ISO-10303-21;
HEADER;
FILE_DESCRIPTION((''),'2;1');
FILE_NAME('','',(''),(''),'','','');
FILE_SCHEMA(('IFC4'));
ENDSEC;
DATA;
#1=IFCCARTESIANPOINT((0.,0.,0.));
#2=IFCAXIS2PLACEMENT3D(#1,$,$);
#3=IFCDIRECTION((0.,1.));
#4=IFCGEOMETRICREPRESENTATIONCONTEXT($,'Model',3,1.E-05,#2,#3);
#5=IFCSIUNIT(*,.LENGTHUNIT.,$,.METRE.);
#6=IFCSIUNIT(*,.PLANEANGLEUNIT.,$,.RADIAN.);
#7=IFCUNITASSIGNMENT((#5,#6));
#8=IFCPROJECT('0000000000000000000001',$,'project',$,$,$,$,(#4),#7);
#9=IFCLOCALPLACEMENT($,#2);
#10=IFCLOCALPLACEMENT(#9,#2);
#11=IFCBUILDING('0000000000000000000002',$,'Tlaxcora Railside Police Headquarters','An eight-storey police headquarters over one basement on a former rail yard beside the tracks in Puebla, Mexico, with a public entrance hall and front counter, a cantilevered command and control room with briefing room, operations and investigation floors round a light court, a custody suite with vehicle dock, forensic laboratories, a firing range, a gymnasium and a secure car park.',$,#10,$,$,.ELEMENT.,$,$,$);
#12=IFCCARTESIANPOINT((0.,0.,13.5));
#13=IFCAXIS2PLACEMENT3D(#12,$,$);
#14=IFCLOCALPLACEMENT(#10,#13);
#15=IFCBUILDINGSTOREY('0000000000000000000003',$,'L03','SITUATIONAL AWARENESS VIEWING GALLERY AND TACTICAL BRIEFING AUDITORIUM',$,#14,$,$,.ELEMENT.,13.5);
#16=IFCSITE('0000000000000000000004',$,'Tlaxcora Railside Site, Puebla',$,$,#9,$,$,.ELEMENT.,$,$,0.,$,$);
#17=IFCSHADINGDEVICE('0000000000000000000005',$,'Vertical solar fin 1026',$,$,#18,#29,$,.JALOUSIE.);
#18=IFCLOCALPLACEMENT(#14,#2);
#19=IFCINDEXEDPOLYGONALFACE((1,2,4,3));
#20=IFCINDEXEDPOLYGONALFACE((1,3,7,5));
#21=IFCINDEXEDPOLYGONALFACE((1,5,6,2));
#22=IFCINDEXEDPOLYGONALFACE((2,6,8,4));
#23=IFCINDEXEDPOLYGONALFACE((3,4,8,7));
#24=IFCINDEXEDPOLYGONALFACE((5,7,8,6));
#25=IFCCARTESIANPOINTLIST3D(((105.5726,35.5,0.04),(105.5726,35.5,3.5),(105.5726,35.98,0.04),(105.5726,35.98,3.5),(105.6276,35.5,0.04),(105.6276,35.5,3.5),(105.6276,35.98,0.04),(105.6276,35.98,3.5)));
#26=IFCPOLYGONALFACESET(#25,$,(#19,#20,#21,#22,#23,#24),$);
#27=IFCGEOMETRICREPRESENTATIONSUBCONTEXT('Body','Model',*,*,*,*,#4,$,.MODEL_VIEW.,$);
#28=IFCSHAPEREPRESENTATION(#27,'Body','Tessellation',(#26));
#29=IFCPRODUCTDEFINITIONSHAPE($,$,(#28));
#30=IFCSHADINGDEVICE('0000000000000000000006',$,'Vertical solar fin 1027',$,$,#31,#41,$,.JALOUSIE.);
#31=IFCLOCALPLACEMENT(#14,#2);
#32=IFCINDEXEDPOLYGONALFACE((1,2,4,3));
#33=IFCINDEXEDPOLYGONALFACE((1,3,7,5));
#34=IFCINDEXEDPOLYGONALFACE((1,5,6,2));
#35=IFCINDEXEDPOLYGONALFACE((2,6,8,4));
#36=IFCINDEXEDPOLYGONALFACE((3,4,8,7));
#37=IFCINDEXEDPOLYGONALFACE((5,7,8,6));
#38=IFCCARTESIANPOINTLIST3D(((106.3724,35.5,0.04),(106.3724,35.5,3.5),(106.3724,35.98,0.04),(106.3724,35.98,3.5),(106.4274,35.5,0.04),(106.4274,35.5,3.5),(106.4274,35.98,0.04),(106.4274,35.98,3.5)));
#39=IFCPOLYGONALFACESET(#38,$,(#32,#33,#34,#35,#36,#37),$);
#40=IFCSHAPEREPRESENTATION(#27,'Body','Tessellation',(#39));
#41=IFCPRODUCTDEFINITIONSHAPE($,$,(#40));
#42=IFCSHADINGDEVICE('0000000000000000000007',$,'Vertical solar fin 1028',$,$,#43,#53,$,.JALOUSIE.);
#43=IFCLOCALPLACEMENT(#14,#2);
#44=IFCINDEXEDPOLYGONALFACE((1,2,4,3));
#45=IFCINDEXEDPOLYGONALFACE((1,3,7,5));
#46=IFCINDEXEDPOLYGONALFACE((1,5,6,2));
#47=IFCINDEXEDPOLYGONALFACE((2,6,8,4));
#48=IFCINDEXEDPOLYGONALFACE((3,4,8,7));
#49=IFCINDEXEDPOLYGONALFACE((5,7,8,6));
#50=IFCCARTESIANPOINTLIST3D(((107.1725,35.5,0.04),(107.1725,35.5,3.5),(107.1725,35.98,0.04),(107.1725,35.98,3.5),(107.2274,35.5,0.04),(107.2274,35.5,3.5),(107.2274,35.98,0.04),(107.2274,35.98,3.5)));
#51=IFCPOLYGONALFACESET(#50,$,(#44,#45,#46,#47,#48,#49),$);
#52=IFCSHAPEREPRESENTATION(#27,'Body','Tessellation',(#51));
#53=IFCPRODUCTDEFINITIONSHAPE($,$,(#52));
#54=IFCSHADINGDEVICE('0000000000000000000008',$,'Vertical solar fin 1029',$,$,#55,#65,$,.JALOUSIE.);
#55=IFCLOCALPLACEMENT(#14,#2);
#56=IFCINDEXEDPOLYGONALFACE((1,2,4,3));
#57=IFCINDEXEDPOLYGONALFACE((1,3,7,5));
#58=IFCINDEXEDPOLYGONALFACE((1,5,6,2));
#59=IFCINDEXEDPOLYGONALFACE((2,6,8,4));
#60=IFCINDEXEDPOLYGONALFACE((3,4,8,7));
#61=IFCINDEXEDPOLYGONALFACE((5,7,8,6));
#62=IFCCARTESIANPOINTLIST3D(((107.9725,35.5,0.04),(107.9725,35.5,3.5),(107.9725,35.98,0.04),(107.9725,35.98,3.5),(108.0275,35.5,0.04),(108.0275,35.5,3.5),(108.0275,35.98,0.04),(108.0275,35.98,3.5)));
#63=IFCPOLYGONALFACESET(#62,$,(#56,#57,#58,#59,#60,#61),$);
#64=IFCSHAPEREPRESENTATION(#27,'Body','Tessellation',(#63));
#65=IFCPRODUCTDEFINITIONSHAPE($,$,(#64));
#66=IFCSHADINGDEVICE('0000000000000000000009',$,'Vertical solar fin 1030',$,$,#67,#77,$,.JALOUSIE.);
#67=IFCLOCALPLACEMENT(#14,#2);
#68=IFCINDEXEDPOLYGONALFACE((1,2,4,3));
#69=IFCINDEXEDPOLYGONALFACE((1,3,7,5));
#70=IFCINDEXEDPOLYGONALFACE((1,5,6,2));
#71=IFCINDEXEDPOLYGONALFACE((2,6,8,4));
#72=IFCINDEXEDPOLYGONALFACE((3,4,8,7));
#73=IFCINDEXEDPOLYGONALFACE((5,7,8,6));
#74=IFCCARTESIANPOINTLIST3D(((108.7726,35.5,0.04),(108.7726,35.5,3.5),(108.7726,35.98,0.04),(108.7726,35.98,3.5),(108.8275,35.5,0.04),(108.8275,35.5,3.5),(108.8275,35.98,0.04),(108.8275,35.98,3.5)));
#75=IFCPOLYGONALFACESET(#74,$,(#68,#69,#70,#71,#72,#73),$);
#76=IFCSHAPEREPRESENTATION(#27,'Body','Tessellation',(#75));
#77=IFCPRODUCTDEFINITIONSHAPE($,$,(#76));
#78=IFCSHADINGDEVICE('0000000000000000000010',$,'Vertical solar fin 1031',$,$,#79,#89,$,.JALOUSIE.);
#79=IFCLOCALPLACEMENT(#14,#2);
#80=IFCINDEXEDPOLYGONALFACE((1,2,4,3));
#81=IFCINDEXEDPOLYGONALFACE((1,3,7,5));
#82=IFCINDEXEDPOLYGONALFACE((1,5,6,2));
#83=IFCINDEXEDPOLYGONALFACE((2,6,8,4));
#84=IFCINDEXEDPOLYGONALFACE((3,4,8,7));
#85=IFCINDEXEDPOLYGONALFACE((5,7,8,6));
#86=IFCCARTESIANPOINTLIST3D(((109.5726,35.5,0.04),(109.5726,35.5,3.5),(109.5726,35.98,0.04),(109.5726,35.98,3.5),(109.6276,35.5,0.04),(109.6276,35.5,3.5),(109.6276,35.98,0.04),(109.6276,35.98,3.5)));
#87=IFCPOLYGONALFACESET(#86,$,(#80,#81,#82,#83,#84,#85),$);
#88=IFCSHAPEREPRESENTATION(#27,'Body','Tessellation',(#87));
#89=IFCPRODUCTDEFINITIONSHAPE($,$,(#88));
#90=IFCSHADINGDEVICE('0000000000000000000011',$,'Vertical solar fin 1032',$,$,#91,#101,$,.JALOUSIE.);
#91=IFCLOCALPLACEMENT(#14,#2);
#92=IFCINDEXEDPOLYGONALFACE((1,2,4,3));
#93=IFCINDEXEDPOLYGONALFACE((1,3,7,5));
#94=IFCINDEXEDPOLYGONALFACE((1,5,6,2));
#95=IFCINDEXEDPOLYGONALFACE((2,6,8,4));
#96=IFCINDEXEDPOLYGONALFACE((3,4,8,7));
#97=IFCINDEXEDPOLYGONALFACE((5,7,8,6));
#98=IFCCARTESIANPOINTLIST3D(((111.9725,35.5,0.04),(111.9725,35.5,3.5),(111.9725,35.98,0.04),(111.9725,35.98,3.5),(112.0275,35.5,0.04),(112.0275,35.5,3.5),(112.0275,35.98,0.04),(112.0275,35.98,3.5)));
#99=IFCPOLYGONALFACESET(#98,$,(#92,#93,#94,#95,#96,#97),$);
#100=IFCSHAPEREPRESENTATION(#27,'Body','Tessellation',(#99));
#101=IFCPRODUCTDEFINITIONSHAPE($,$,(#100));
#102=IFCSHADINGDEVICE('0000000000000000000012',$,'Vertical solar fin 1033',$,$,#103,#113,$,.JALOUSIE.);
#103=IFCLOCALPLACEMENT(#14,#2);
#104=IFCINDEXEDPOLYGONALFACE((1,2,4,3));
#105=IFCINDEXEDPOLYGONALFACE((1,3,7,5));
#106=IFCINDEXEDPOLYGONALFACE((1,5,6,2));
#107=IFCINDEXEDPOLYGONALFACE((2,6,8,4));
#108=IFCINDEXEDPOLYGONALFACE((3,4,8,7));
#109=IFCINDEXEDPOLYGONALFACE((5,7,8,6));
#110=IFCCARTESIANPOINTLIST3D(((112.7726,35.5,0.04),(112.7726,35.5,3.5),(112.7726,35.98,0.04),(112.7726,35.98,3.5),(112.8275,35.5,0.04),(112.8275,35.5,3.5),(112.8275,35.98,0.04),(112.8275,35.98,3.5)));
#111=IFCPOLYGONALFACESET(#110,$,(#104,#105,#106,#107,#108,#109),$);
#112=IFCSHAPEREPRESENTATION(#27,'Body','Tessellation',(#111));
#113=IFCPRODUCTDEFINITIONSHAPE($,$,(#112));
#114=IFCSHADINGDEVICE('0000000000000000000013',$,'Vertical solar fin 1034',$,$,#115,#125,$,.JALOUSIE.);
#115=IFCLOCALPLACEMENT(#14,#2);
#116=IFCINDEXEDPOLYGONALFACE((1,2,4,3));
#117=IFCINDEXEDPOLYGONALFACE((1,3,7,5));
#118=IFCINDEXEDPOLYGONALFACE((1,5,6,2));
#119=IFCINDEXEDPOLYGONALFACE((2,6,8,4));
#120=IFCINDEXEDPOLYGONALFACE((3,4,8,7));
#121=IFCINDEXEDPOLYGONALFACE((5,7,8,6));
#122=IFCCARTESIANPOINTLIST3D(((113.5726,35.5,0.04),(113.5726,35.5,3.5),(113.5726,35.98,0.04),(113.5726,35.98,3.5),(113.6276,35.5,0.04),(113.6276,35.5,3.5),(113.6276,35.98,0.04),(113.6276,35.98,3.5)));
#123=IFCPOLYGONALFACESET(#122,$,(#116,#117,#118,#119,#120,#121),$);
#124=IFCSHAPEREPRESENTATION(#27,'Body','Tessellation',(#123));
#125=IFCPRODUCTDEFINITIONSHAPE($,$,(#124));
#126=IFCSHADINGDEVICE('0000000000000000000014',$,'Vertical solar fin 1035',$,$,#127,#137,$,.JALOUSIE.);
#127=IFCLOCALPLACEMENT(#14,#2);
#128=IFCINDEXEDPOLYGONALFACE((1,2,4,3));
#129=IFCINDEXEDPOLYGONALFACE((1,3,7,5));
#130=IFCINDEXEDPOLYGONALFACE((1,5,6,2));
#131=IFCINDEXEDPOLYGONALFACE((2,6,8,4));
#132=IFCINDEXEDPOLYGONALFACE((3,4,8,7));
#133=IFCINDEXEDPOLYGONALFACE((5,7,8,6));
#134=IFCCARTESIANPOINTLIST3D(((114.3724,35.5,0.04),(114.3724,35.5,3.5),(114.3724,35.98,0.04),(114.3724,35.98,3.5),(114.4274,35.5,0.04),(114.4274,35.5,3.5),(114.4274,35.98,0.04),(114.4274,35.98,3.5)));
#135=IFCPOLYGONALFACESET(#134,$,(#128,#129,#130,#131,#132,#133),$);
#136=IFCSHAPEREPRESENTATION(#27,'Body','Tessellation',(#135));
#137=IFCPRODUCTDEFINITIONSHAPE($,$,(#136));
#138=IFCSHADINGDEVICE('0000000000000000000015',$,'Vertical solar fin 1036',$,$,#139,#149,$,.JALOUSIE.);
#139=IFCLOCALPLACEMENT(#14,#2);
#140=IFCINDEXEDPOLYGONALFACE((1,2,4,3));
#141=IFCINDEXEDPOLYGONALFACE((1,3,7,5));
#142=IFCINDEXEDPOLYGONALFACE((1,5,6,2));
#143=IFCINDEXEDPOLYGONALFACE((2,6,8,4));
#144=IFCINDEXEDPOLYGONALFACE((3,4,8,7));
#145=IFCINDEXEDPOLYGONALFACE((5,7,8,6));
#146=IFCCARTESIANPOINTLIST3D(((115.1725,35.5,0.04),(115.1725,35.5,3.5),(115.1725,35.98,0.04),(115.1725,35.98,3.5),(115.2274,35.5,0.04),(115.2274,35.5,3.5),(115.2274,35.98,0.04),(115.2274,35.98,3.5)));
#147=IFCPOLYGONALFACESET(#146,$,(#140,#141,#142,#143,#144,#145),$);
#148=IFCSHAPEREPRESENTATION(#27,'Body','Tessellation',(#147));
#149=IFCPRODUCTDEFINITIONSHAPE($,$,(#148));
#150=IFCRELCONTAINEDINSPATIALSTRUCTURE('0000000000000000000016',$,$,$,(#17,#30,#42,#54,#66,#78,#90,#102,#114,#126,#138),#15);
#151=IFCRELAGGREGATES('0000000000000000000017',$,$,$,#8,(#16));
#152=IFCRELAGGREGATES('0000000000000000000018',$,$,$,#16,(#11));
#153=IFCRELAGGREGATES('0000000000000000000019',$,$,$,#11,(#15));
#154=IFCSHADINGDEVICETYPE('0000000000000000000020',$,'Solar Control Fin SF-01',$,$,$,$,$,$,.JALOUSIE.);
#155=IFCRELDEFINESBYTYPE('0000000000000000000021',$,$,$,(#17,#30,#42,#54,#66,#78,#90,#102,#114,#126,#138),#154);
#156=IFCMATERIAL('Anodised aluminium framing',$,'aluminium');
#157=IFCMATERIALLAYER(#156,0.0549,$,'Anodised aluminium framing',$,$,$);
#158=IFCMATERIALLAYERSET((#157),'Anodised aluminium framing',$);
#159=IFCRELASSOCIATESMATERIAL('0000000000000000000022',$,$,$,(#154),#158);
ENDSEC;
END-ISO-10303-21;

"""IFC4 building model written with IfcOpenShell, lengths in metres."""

from ifc_helpers import new_model, si_unit, direction, frame, origin, origin_2d, place, context, subcontext, project, spatial, rectangle, extrude, material, layer, layer_set, type_object, element, save


model = new_model("IFC4")

# Units and contexts
model_context = context("Model", 3, precision=1e-05, world=origin(), true_north=direction((0.0, 1.0)))
body_context = subcontext(model_context, "Body", "Model", "MODEL_VIEW")
ifc_project = project(units=[si_unit("LENGTHUNIT", "METRE"), si_unit("PLANEANGLEUNIT", "RADIAN")], contexts=[model_context])

# Site, building, storey
site_placement = place(None, origin())
site = spatial("IfcSite", under=ifc_project, at=site_placement, Name="Tlaxcora Railside Site, Puebla", CompositionType="ELEMENT", RefElevation=0.0)
building_placement = place(site_placement, origin())
building = spatial("IfcBuilding", under=site, at=building_placement, Name="Tlaxcora Railside Police Headquarters", Description="An eight-storey police headquarters over one basement on a former rail yard beside the tracks in Puebla, Mexico, with a public entrance hall and front counter, a cantilevered command and control room with briefing room, operations and investigation floors round a light court, a custody suite with vehicle dock, forensic laboratories, a firing range, a gymnasium and a secure car park.", CompositionType="ELEMENT")
storey_placement = place(building_placement, frame((0.0, 0.0, 13.5)))
storey = spatial("IfcBuildingStorey", under=building, at=storey_placement, Name="L03", Description="SITUATIONAL AWARENESS VIEWING GALLERY AND TACTICAL BRIEFING AUDITORIUM", CompositionType="ELEMENT", Elevation=13.5)

# Shared definitions
ifc_material_1 = material(Name="Anodised aluminium framing", Category="aluminium")

# Shading devices
ifc_layer_1 = layer(ifc_material_1, 0.0549, Name="Anodised aluminium framing")
ifc_layer_set_1 = layer_set([ifc_layer_1], Name="Anodised aluminium framing")
shading_device_type = type_object("IfcShadingDeviceType", Name="Solar Control Fin SF-01", PredefinedType="JALOUSIE", material=ifc_layer_set_1)
for number, where, z_axis, x_axis, name in (
    (1, (105.6001, 35.74, 0.04), (0.0, 0.0, 1.0), (0.0, -1.0, 0.0), "Vertical solar fin 1026"),
    (2, (106.3999, 35.74, 0.04), (0.0, 0.0, 1.0), (0.0, -1.0, 0.0), "Vertical solar fin 1027"),
    (3, (107.2, 35.74, 0.04), (0.0, 0.0, 1.0), (0.0, -1.0, 0.0), "Vertical solar fin 1028"),
    (4, (108.0, 35.74, 0.04), (0.0, 0.0, 1.0), (0.0, -1.0, 0.0), "Vertical solar fin 1029"),
    (5, (108.8, 35.74, 0.04), (0.0, 0.0, 1.0), (0.0, -1.0, 0.0), "Vertical solar fin 1030"),
    (6, (109.6001, 35.74, 0.04), (0.0, 0.0, 1.0), (0.0, -1.0, 0.0), "Vertical solar fin 1031"),
    (7, (112.0, 35.74, 0.04), (0.0, 0.0, 1.0), (0.0, -1.0, 0.0), "Vertical solar fin 1032"),
    (8, (112.8, 35.74, 0.04), (0.0, 0.0, 1.0), (0.0, -1.0, 0.0), "Vertical solar fin 1033"),
    (9, (113.6001, 35.74, 0.04), (0.0, 0.0, 1.0), (0.0, -1.0, 0.0), "Vertical solar fin 1034"),
    (10, (114.3999, 35.74, 0.04), (0.0, 0.0, 1.0), (0.0, -1.0, 0.0), "Vertical solar fin 1035"),
    (11, (115.2, 35.74, 0.04), (0.0, 0.0, 1.0), (0.0, -1.0, 0.0), "Vertical solar fin 1036"),
):
    element("IfcShadingDevice", number, at=place(storey_placement, frame(where, z_axis=z_axis, x_axis=x_axis)), inside=storey, type_object=shading_device_type, Name=name, PredefinedType="JALOUSIE", context=body_context, shape_type="SweptSolid", body=[
        extrude(rectangle(XDim=0.48, YDim=0.0549, at=origin_2d()), origin(), (0.0, 0.0, 1.0), 3.46),
    ])

save(model, "model.ifc")
